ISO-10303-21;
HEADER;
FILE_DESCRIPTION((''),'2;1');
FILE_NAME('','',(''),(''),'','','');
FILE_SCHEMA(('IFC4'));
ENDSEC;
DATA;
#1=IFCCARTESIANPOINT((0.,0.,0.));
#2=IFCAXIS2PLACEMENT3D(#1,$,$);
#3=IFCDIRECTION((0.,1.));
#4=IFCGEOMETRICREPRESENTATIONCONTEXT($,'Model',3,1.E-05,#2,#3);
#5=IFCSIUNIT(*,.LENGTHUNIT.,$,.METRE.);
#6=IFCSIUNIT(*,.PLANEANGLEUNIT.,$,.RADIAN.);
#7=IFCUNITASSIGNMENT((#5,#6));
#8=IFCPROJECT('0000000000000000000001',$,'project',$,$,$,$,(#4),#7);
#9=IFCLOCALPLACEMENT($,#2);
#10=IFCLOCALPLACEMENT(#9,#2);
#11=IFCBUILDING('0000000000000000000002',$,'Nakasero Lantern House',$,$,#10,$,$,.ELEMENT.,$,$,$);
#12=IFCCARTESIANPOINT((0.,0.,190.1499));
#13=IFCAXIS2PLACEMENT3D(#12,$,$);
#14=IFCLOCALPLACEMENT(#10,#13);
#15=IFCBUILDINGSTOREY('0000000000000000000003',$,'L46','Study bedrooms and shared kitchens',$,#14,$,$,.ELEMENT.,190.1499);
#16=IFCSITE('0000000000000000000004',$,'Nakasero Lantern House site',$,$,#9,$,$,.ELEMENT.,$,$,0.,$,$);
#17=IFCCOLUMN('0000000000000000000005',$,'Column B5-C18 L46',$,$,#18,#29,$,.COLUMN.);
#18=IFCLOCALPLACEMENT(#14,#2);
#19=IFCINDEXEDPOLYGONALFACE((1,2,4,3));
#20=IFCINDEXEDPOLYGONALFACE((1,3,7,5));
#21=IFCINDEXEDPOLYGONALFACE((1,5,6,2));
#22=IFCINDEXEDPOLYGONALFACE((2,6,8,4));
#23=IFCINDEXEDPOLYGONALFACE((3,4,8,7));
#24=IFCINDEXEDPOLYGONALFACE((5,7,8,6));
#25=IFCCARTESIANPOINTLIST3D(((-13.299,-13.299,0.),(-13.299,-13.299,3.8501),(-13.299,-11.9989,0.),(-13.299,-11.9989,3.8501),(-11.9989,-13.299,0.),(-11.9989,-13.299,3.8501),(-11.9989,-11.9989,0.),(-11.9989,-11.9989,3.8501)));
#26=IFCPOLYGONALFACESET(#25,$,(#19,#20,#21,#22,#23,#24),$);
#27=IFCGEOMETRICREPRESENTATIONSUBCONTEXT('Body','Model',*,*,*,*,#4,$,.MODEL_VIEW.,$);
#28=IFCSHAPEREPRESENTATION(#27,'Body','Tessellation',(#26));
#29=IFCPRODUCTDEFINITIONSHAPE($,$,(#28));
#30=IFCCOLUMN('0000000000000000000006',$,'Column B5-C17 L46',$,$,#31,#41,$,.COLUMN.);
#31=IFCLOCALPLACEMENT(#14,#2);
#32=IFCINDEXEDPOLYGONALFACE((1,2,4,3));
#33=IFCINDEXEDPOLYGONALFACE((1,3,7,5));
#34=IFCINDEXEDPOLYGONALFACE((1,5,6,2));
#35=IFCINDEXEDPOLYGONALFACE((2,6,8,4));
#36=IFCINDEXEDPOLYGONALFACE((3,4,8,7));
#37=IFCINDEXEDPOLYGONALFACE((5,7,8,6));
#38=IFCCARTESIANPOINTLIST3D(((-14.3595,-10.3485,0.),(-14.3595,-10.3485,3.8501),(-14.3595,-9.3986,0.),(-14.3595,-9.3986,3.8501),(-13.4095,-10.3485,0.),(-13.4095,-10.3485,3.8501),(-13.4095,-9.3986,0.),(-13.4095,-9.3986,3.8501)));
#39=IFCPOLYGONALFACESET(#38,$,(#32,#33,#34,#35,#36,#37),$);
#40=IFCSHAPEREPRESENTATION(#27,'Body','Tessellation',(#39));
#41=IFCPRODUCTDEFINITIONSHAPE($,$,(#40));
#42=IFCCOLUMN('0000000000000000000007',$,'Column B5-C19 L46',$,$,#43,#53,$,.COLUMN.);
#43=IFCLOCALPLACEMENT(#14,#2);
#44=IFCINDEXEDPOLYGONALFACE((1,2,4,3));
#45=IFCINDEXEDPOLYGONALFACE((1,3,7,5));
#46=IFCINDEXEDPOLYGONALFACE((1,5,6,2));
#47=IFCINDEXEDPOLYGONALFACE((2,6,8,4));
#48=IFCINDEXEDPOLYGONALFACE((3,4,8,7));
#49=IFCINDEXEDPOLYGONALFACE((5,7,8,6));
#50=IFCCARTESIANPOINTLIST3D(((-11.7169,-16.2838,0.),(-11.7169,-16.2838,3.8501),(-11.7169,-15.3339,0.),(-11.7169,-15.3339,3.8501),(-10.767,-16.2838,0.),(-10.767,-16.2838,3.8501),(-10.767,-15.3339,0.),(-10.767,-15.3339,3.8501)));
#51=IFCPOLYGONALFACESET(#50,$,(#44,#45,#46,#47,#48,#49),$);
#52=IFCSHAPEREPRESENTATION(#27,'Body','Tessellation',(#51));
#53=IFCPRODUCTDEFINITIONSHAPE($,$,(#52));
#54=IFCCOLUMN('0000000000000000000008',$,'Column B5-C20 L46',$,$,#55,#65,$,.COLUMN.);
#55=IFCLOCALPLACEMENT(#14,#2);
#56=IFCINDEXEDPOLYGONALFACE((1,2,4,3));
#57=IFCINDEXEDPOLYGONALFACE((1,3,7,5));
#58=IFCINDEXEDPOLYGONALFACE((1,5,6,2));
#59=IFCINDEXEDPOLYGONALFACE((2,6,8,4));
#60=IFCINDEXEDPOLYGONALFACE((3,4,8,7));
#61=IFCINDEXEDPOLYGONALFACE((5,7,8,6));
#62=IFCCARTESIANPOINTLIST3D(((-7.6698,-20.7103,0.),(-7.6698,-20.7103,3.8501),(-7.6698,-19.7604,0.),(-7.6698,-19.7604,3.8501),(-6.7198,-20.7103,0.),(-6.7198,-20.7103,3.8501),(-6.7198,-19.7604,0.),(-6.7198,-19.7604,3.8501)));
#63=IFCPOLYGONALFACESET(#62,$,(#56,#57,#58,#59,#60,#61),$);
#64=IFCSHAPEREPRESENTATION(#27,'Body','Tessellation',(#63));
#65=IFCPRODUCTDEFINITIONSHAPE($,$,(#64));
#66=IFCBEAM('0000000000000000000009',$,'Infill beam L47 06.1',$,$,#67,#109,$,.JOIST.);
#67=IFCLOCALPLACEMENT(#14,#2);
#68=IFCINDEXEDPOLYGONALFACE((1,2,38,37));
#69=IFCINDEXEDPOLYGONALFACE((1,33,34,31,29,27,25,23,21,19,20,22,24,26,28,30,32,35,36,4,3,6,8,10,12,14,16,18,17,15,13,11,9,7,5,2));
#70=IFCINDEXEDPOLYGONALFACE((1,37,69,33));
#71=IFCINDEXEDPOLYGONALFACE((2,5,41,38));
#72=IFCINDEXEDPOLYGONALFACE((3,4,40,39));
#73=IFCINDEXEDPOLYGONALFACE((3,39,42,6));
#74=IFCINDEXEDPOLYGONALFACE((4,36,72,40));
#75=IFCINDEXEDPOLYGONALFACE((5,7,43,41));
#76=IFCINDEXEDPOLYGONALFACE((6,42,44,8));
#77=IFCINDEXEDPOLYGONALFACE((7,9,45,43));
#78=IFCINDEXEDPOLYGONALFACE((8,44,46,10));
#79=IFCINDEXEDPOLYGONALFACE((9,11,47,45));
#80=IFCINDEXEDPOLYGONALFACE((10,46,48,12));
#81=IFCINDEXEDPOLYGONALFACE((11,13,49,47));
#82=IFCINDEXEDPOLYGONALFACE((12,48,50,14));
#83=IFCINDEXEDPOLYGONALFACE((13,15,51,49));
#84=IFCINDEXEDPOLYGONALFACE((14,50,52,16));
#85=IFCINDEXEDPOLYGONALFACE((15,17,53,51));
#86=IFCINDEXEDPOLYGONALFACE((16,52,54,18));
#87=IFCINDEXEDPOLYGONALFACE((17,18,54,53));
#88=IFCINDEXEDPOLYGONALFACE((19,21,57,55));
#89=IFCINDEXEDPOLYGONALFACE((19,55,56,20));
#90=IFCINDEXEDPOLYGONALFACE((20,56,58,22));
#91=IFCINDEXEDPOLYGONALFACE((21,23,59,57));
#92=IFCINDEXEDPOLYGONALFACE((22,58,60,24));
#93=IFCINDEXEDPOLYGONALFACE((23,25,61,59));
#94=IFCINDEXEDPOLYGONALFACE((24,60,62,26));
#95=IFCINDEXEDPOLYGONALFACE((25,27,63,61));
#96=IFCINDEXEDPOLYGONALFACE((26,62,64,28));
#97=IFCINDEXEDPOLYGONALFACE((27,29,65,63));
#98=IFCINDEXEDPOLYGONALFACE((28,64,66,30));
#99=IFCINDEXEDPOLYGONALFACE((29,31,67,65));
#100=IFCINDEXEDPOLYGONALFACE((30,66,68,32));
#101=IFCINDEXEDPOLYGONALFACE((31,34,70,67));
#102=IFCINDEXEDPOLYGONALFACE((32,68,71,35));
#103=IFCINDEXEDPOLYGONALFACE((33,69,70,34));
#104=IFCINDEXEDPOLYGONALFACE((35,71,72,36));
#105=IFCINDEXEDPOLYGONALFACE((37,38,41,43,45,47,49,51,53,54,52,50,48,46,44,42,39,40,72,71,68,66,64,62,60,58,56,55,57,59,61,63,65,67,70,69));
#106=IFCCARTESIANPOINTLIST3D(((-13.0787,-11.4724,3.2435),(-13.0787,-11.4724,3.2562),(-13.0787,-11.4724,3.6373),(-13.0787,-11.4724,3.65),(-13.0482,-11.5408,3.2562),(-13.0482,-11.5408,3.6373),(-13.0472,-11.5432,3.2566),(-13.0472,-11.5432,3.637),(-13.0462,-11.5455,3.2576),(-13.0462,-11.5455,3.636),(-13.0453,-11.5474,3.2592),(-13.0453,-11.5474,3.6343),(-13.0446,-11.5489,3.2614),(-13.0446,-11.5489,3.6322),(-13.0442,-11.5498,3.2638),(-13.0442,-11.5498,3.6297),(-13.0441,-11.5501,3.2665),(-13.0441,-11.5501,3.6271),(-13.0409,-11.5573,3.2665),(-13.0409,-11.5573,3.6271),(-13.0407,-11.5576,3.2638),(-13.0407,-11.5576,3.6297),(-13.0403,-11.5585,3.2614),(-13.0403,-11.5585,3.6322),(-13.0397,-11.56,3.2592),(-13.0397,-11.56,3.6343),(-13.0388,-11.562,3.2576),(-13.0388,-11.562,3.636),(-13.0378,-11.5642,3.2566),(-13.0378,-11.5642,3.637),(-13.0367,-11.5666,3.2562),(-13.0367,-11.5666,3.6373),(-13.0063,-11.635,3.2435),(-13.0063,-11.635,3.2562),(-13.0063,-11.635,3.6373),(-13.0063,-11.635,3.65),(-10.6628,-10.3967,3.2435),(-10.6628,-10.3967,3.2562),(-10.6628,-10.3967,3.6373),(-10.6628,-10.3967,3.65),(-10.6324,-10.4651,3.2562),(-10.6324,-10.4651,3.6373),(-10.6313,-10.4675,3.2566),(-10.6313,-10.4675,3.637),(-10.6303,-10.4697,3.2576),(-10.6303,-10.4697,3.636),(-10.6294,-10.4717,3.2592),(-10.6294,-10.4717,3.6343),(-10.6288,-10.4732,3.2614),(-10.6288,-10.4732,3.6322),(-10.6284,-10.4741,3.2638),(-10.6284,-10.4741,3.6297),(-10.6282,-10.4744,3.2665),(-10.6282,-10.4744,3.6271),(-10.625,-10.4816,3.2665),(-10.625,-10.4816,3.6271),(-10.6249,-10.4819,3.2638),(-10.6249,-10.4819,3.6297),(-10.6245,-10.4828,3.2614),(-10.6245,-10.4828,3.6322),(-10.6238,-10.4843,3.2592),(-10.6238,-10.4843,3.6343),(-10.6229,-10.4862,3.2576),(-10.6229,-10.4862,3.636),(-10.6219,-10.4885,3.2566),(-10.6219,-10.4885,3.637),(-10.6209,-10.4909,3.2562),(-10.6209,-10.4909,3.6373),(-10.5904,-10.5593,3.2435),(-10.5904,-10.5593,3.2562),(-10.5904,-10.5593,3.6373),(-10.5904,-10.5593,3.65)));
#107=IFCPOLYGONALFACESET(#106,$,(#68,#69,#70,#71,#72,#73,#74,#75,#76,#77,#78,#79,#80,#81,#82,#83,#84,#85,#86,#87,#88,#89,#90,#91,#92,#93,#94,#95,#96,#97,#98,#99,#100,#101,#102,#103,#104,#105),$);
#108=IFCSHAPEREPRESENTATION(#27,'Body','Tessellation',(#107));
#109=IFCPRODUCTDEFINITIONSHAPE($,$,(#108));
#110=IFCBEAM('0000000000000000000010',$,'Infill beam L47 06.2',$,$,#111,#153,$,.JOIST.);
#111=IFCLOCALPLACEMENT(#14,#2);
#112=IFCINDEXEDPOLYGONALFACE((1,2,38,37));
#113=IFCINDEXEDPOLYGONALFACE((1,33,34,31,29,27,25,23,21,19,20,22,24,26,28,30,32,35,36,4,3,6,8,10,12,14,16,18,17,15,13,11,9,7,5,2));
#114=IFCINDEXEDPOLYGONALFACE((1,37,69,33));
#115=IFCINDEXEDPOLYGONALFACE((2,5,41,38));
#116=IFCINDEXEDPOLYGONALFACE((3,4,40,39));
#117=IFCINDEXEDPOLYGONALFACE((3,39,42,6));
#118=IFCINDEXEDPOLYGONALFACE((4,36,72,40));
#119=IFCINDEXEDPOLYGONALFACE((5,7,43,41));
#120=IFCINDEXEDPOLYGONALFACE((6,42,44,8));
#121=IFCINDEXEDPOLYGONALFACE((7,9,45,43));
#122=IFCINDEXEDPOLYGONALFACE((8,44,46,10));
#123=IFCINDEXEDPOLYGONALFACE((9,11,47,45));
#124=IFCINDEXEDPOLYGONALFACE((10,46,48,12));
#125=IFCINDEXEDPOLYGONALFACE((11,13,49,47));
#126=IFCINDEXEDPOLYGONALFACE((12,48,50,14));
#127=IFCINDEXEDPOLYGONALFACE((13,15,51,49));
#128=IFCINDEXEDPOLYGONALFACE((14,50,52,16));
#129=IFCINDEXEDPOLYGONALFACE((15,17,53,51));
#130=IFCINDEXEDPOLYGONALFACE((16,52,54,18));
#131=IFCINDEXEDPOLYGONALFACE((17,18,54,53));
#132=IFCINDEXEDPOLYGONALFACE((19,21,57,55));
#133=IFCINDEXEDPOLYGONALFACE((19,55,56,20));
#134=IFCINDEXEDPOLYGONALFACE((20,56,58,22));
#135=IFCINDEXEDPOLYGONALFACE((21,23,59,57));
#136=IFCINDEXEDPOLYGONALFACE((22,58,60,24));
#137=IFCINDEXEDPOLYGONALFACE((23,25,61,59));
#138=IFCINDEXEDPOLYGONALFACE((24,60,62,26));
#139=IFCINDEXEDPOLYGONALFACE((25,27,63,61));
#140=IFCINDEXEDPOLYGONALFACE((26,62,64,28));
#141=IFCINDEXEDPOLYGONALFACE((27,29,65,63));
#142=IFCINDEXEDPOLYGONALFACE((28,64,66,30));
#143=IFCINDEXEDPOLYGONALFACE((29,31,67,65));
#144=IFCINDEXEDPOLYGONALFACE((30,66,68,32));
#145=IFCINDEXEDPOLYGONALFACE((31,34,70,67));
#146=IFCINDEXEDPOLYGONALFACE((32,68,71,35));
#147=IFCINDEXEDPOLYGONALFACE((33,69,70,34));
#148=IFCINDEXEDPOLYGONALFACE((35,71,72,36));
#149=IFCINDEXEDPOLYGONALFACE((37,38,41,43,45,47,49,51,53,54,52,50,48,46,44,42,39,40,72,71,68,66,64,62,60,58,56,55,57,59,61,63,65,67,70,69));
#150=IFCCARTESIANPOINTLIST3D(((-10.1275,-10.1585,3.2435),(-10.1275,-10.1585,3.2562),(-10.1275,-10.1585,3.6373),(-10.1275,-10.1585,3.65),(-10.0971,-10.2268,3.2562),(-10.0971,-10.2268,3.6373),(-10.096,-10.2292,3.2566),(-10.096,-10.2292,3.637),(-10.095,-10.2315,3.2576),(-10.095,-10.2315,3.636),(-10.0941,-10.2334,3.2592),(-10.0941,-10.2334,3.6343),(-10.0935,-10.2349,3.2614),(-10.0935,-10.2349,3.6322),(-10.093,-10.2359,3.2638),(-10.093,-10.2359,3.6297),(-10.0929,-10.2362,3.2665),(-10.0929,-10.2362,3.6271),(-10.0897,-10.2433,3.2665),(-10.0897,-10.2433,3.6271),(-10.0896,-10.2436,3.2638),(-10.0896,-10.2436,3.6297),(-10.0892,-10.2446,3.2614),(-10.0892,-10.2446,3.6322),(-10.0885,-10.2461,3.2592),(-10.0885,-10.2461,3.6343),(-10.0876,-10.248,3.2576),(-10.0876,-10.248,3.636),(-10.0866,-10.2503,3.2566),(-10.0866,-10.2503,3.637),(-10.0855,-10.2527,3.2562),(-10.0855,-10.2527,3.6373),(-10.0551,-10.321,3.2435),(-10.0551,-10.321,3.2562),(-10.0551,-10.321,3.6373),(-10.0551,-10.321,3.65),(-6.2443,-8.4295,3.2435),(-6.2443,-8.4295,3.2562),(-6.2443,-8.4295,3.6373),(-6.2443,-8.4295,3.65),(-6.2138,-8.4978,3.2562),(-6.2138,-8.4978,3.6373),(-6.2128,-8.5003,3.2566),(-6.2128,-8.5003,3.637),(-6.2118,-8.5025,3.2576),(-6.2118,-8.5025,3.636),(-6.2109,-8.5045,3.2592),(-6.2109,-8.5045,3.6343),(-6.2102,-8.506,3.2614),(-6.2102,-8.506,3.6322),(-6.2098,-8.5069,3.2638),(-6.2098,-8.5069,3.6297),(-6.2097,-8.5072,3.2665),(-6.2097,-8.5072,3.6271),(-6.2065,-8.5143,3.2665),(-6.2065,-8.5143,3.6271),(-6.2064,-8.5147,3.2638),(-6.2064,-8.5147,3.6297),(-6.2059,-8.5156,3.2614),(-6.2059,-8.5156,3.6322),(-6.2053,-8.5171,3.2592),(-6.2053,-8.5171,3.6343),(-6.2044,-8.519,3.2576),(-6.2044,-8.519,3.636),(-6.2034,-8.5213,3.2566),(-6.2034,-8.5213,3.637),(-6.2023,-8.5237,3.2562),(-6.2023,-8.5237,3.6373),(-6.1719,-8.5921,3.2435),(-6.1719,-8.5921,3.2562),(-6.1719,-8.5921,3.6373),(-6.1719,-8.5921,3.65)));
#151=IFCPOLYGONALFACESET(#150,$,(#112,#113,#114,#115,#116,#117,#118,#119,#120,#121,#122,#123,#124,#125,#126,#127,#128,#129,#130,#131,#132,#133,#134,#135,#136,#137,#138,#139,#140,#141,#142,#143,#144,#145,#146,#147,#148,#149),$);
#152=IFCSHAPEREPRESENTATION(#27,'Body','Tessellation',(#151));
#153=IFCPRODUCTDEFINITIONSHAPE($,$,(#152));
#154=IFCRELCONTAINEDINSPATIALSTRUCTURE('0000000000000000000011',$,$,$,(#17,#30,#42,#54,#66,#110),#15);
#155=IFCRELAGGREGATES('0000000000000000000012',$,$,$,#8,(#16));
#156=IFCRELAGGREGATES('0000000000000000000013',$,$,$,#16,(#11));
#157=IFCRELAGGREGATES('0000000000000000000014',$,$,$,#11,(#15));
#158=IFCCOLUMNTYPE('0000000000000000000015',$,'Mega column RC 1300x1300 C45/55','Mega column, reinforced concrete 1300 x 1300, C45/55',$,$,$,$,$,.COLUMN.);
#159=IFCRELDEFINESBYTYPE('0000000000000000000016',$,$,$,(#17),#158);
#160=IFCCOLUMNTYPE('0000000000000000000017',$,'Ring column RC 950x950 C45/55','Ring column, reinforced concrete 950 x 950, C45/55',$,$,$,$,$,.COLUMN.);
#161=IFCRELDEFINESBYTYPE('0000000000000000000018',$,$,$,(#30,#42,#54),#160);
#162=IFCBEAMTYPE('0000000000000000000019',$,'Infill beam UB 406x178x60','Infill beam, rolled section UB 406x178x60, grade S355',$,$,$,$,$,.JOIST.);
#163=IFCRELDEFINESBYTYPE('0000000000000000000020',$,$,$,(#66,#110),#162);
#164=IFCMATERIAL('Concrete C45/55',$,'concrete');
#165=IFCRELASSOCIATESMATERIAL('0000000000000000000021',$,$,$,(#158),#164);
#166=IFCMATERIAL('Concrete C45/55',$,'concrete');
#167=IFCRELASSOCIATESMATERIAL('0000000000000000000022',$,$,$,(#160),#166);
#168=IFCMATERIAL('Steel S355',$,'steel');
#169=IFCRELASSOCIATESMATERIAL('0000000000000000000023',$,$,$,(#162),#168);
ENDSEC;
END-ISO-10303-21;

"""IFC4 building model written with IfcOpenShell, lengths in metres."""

from ifc_helpers import new_model, si_unit, direction, frame, origin, origin_2d, place, context, subcontext, project, spatial, rectangle, i_section, extrude, material, material_profile, profile_set, type_object, element, save


model = new_model("IFC4")

# Units and contexts
model_context = context("Model", 3, precision=1e-05, world=origin(), true_north=direction((0.0, 1.0)))
body_context = subcontext(model_context, "Body", "Model", "MODEL_VIEW")
ifc_project = project(units=[si_unit("LENGTHUNIT", "METRE"), si_unit("PLANEANGLEUNIT", "RADIAN")], contexts=[model_context])

# Site, building, storey
site_placement = place(None, origin())
site = spatial("IfcSite", under=ifc_project, at=site_placement, Name="Nakasero Lantern House site", CompositionType="ELEMENT", RefElevation=0.0)
building_placement = place(site_placement, origin())
building = spatial("IfcBuilding", under=site, at=building_placement, Name="Nakasero Lantern House", CompositionType="ELEMENT")
storey_placement = place(building_placement, frame((0.0, 0.0, 190.1499)))
storey = spatial("IfcBuildingStorey", under=building, at=storey_placement, Name="L46", Description="Study bedrooms and shared kitchens", CompositionType="ELEMENT", Elevation=190.1499)

# Columns
ifc_material_1 = material(Name="Concrete C45/55", Category="concrete")
ifc_material_profile_1 = material_profile(ifc_material_1, rectangle(XDim=1.3, YDim=1.3, at=origin_2d()), Name="RC 1300x1300")
ifc_profile_set_1 = profile_set([ifc_material_profile_1], Name="Concrete C45/55")
column_type_1 = type_object("IfcColumnType", Name="Mega column RC 1300x1300 C45/55", Description="Mega column, reinforced concrete 1300 x 1300, C45/55", PredefinedType="COLUMN", material=ifc_profile_set_1)
column_placement = place(storey_placement, frame((-12.6489, -12.6489, 0.0), z_axis=(0.0, 0.0, 1.0), x_axis=(1.0, 0.0, 0.0)))
element("IfcColumn", 1, at=column_placement, inside=storey, type_object=column_type_1, Name="Column B5-C18 L46", PredefinedType="COLUMN", context=body_context, shape_type="SweptSolid", body=[
    extrude(rectangle(XDim=1.3, YDim=1.3, at=origin_2d()), origin(), (0.0, 0.0, 1.0), 3.8501),
])
ifc_material_2 = material(Name="Concrete C45/55", Category="concrete")
ifc_material_profile_2 = material_profile(ifc_material_2, rectangle(XDim=0.95, YDim=0.95, at=origin_2d()), Name="RC 950x950")
ifc_profile_set_2 = profile_set([ifc_material_profile_2], Name="Concrete C45/55")
column_type_2 = type_object("IfcColumnType", Name="Ring column RC 950x950 C45/55", Description="Ring column, reinforced concrete 950 x 950, C45/55", PredefinedType="COLUMN", material=ifc_profile_set_2)
for number, where, z_axis, x_axis, name in (
    (2, (-13.8845, -9.8735, 0.0), (0.0, 0.0, 1.0), (1.0, 0.0, 0.0), "Column B5-C17 L46"),
    (3, (-11.2419, -15.8088, 0.0), (0.0, 0.0, 1.0), (1.0, 0.0, 0.0), "Column B5-C19 L46"),
    (4, (-7.1948, -20.2354, 0.0), (0.0, 0.0, 1.0), (1.0, 0.0, 0.0), "Column B5-C20 L46"),
):
    element("IfcColumn", number, at=place(storey_placement, frame(where, z_axis=z_axis, x_axis=x_axis)), inside=storey, type_object=column_type_2, Name=name, PredefinedType="COLUMN", context=body_context, shape_type="SweptSolid", body=[
        extrude(rectangle(XDim=0.95, YDim=0.95, at=origin_2d()), origin(), (0.0, 0.0, 1.0), 3.8501),
    ])

# Beams
ifc_material_3 = material(Name="Steel S355", Category="steel")
ifc_material_profile_3 = material_profile(ifc_material_3, i_section(OverallWidth=0.178, OverallDepth=0.4065, WebThickness=0.0078, FlangeThickness=0.0127, FilletRadius=0.0103, at=origin_2d()), Name="UB 406x178x60")
ifc_profile_set_3 = profile_set([ifc_material_profile_3], Name="Steel S355")
beam_type_1 = type_object("IfcBeamType", Name="Infill beam UB 406x178x60", Description="Infill beam, rolled section UB 406x178x60, grade S355", PredefinedType="JOIST", material=ifc_profile_set_3)
beam_1_placement = place(storey_placement, frame((-13.0425, -11.5537, 3.4468), z_axis=(0.91353, 0.406772, 0.0), x_axis=(-0.406772, 0.91353, 0.0)))
element("IfcBeam", 5, at=beam_1_placement, inside=storey, type_object=beam_type_1, Name="Infill beam L47 06.1", PredefinedType="JOIST", context=body_context, shape_type="SweptSolid", body=[
    extrude(i_section(OverallWidth=0.178, OverallDepth=0.4065, WebThickness=0.0078, FlangeThickness=0.0127, FilletRadius=0.0103, at=origin_2d()), origin(), (0.0, 0.0, 1.0), 2.6445),
])
beam_2_placement = place(storey_placement, frame((-10.0913, -10.2397, 3.4468), z_axis=(0.913541, 0.406746, 0.0), x_axis=(-0.406746, 0.913541, 0.0)))
element("IfcBeam", 6, at=beam_2_placement, inside=storey, type_object=beam_type_1, Name="Infill beam L47 06.2", PredefinedType="JOIST", context=body_context, shape_type="SweptSolid", body=[
    extrude(i_section(OverallWidth=0.178, OverallDepth=0.4065, WebThickness=0.0078, FlangeThickness=0.0127, FilletRadius=0.0103, at=origin_2d()), origin(), (0.0, 0.0, 1.0), 4.2507),
])

save(model, "model.ifc")
